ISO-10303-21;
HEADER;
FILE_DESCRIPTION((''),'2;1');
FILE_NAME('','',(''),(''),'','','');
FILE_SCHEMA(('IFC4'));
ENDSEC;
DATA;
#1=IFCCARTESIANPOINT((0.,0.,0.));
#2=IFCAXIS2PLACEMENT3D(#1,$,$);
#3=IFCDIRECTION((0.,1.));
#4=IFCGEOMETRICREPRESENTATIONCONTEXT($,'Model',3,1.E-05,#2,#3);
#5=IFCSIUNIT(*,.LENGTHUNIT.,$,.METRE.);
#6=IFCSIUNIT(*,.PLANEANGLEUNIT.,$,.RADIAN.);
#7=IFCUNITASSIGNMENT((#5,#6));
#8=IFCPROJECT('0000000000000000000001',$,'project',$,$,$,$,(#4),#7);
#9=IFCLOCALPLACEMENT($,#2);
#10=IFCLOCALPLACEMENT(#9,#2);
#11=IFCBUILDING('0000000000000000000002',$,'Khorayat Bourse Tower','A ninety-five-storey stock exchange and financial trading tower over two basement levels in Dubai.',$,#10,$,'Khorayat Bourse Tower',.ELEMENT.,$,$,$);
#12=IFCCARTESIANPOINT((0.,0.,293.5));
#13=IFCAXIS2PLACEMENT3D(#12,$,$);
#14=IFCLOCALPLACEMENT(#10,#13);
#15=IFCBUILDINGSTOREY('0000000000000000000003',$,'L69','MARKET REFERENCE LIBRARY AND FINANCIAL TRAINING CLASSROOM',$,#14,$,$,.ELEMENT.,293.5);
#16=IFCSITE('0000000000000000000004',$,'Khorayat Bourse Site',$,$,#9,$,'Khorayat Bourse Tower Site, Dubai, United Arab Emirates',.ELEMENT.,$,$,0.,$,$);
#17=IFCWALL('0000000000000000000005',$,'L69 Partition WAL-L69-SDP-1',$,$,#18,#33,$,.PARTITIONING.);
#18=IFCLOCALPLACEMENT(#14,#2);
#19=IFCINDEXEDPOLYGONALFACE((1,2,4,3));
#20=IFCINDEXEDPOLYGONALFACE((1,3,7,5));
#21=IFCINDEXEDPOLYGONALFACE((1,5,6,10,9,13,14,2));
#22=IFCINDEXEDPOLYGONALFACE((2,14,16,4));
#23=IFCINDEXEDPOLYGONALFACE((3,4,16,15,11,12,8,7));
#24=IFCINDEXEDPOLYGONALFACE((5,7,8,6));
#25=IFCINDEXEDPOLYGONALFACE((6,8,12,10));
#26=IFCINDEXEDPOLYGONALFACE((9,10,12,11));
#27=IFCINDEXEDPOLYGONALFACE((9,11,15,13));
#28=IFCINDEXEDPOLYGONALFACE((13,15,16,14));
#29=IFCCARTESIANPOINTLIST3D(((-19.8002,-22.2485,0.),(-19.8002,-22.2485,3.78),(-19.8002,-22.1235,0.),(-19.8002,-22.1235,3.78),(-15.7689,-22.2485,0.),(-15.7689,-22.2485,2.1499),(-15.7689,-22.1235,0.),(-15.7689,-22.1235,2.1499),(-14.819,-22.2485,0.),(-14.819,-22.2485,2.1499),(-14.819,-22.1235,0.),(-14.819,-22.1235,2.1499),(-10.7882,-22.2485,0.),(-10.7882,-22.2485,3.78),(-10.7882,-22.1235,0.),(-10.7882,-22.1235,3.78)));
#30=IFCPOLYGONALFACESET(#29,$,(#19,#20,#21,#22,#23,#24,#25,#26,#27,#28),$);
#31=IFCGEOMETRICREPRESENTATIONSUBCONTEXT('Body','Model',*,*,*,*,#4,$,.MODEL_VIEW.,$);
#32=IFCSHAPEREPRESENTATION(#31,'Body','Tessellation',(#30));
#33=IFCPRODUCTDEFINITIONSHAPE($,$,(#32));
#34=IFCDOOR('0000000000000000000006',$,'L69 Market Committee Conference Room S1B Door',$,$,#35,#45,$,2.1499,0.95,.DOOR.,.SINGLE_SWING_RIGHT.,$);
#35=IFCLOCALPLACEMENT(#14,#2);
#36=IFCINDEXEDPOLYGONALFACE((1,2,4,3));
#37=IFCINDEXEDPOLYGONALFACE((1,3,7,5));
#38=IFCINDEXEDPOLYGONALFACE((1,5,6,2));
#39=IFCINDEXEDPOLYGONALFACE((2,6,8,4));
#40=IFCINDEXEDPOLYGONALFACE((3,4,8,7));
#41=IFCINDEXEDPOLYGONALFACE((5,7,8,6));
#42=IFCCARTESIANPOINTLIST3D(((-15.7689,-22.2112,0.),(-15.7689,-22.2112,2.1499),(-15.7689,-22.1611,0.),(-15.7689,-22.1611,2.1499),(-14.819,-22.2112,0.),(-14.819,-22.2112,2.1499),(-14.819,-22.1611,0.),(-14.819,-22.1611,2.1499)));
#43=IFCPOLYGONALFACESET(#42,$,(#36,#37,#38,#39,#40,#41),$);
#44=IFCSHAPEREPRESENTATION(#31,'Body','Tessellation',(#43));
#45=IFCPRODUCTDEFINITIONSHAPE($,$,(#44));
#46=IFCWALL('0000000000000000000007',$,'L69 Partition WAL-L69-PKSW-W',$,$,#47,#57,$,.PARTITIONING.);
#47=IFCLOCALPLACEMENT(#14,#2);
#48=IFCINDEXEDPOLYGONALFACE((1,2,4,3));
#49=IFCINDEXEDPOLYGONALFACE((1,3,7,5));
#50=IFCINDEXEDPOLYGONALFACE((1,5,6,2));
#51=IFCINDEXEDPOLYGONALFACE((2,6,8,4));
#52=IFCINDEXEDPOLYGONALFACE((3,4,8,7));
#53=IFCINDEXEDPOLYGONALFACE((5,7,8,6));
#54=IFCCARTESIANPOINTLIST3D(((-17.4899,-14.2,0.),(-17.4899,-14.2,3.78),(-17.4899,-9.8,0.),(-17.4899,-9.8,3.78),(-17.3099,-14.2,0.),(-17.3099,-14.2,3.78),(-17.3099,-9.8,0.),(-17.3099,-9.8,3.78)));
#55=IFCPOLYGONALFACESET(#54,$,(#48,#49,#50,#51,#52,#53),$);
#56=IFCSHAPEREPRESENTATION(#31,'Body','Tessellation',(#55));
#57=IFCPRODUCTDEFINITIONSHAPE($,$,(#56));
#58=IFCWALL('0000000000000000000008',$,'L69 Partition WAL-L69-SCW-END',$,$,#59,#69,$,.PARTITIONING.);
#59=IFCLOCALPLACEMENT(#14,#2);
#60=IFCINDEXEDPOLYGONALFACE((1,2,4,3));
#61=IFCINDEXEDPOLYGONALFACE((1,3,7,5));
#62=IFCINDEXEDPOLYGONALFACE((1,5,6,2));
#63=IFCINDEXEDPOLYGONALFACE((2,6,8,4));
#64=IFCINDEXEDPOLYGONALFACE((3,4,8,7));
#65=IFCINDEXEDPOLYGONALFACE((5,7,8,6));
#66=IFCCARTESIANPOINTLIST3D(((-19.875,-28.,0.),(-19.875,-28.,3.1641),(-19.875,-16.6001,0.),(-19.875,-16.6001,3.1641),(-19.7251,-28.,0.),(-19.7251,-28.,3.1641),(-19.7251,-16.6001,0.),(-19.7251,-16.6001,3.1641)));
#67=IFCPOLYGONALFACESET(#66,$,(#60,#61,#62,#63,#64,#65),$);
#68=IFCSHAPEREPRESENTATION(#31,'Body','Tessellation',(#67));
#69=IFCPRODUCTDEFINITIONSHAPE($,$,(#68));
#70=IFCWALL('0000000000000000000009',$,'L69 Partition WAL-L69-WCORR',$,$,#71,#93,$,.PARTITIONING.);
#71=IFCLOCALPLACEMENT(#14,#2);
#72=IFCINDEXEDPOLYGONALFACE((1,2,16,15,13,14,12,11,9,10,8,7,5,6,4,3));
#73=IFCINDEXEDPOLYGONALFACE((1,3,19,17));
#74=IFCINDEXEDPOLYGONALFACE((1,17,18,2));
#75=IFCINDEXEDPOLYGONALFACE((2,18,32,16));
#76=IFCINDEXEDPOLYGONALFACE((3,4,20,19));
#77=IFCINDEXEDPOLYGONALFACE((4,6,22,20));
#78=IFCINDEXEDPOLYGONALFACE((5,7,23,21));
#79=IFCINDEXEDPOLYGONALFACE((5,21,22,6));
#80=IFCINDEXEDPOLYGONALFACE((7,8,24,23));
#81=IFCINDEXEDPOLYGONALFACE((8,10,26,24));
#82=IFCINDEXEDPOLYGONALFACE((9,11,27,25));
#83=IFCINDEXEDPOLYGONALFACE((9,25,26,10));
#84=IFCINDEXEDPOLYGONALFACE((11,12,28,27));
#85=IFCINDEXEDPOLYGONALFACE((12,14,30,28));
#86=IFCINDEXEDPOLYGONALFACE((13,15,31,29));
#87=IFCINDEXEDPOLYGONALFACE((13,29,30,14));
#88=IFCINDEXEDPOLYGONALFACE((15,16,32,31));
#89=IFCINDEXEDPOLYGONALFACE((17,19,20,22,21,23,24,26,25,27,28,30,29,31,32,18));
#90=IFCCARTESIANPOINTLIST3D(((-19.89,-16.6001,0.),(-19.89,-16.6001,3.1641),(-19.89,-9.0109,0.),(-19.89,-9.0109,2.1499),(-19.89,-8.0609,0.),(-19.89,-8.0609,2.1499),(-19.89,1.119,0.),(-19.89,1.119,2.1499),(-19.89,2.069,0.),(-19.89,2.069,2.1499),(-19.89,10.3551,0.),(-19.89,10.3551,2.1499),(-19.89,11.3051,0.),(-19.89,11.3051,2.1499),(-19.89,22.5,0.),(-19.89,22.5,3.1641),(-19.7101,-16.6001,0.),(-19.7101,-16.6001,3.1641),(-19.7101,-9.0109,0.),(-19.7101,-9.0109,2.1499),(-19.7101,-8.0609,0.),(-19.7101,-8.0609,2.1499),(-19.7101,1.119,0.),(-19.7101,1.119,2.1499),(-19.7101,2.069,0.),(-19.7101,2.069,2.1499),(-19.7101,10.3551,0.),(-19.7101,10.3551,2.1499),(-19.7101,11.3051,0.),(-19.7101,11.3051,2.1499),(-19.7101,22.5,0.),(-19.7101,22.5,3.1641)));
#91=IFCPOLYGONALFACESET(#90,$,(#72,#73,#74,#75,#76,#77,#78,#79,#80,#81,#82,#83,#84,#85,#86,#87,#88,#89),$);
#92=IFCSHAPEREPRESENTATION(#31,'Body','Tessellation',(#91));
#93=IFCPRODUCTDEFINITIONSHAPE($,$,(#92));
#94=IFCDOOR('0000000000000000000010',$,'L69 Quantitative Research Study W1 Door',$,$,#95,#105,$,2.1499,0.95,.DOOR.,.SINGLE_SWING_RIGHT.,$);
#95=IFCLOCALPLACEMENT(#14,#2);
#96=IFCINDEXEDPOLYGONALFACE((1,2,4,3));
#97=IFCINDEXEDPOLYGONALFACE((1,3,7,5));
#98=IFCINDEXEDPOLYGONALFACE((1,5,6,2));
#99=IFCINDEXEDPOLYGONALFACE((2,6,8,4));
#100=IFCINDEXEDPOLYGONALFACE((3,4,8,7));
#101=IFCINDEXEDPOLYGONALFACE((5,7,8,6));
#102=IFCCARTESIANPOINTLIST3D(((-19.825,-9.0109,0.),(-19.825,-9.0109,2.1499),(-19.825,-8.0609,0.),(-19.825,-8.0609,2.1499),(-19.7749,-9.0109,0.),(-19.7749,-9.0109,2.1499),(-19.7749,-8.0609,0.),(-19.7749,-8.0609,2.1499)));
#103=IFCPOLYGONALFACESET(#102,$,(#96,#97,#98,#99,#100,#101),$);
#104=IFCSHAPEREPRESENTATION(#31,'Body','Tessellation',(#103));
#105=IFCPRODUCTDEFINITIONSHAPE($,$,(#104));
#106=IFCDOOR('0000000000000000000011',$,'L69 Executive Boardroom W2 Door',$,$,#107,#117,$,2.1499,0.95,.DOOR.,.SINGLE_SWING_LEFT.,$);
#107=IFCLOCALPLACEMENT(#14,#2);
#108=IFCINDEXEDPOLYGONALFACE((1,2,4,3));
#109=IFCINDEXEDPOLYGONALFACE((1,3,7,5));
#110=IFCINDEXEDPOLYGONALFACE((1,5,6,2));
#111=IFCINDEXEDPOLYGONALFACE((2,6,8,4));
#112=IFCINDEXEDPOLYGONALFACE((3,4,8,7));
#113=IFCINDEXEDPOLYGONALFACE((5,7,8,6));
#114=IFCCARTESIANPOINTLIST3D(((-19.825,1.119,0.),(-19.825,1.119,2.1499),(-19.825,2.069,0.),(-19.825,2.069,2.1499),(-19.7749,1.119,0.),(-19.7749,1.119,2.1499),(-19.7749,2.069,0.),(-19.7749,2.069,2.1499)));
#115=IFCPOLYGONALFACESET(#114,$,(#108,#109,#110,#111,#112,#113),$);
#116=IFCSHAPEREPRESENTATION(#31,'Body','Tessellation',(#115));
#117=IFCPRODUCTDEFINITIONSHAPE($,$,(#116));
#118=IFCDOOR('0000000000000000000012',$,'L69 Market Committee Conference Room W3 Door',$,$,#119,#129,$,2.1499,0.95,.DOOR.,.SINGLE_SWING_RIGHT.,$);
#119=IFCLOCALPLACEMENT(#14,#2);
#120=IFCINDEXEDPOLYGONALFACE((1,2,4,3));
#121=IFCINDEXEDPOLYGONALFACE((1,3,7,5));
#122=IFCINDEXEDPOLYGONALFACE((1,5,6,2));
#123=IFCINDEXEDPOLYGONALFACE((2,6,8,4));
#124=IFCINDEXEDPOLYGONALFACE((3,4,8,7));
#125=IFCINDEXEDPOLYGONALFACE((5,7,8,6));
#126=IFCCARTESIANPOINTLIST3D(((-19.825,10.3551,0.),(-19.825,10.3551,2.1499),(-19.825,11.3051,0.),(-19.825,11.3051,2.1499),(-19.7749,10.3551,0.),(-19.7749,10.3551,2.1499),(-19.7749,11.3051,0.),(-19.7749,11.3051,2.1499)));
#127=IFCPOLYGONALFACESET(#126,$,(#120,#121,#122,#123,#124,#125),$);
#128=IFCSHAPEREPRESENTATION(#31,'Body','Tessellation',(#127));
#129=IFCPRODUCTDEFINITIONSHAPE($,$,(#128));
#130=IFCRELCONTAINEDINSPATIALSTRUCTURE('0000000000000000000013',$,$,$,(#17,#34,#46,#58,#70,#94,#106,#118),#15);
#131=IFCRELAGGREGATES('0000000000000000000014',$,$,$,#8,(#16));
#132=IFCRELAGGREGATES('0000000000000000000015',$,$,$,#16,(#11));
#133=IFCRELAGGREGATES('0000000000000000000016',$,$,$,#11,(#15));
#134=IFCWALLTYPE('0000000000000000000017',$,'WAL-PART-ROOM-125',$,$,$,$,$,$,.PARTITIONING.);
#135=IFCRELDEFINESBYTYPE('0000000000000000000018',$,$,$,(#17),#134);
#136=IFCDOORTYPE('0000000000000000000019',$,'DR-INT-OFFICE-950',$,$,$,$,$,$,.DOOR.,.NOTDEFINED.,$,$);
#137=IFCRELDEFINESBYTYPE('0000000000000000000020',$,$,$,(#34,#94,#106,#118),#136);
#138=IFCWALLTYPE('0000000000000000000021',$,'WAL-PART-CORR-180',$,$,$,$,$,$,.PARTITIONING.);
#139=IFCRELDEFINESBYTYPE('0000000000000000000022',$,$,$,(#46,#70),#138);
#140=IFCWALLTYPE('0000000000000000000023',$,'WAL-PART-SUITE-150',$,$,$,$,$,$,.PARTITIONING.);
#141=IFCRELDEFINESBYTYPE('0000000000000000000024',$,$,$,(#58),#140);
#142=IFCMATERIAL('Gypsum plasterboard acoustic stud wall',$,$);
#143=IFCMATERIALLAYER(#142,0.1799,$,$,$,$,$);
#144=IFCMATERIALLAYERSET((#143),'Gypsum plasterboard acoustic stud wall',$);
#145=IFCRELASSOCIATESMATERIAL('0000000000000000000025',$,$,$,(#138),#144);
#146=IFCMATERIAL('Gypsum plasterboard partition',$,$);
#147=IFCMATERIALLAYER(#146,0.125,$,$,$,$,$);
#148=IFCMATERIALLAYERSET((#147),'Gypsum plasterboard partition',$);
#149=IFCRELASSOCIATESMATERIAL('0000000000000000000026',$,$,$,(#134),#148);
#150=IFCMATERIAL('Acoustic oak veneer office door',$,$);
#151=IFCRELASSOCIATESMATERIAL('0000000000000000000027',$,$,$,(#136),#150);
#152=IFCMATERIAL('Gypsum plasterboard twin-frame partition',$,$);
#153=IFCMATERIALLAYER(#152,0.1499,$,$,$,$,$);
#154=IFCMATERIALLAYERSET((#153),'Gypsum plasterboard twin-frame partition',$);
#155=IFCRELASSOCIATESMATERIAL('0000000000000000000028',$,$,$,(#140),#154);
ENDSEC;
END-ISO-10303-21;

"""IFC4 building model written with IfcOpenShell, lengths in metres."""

from ifc_helpers import new_model, si_unit, direction, frame, frame_2d, origin, place, context, subcontext, project, spatial, rectangle, extrude, source, transform, mapped, material, layer, layer_set, type_object, element, fill, save


model = new_model("IFC4")

# Units and contexts
model_context = context("Model", 3, precision=1e-05, world=origin(), true_north=direction((0.0, 1.0)))
body_context = subcontext(model_context, "Body", "Model", "MODEL_VIEW")
ifc_project = project(units=[si_unit("LENGTHUNIT", "METRE"), si_unit("PLANEANGLEUNIT", "RADIAN")], contexts=[model_context])

# Site, building, storey
site_placement = place(None, origin())
site = spatial("IfcSite", under=ifc_project, at=site_placement, Name="Khorayat Bourse Site", LongName="Khorayat Bourse Tower Site, Dubai, United Arab Emirates", CompositionType="ELEMENT", RefElevation=0.0)
building_placement = place(site_placement, origin())
building = spatial("IfcBuilding", under=site, at=building_placement, Name="Khorayat Bourse Tower", Description="A ninety-five-storey stock exchange and financial trading tower over two basement levels in Dubai.", LongName="Khorayat Bourse Tower", CompositionType="ELEMENT")
storey_placement = place(building_placement, frame((0.0, 0.0, 293.5)))
storey = spatial("IfcBuildingStorey", under=building, at=storey_placement, Name="L69", Description="MARKET REFERENCE LIBRARY AND FINANCIAL TRAINING CLASSROOM", CompositionType="ELEMENT", Elevation=293.5)

# Shared definitions
ifc_material_1 = material(Name="Gypsum plasterboard acoustic stud wall")
ifc_layer_1 = layer(ifc_material_1, 0.1799)
ifc_layer_set_1 = layer_set([ifc_layer_1], Name="Gypsum plasterboard acoustic stud wall")
wall_type_1 = type_object("IfcWallType", Name="WAL-PART-CORR-180", PredefinedType="PARTITIONING", material=ifc_layer_set_1)

# Wall, opening, door
ifc_material_2 = material(Name="Gypsum plasterboard partition")
ifc_layer_2 = layer(ifc_material_2, 0.125)
ifc_layer_set_2 = layer_set([ifc_layer_2], Name="Gypsum plasterboard partition")
wall_type_2 = type_object("IfcWallType", Name="WAL-PART-ROOM-125", PredefinedType="PARTITIONING", material=ifc_layer_set_2)
shared_shape_1 = source(origin(), body_context, "Body", "SweptSolid", [
    extrude(rectangle(XDim=9.012, YDim=0.125, at=frame_2d((4.5059, 0.0))), origin(), (0.0, 0.0, 1.0), 3.78),
])
wall_1_placement = place(storey_placement, frame((-19.8, -22.186, 0.0), z_axis=(0.0, 0.0, 1.0), x_axis=(1.0, 0.0, 0.0)))
wall_1 = element("IfcWall", 1, at=wall_1_placement, inside=storey, type_object=wall_type_2, Name="L69 Partition WAL-L69-SDP-1", PredefinedType="PARTITIONING", context=body_context, shape_type="MappedRepresentation", body=[
    mapped(shared_shape_1, transform((0.0, 0.0, 0.0), scale=1.0)),
])
shared_shape_2 = source(origin(), body_context, "Body", "SweptSolid", [
    extrude(rectangle(XDim=0.95, YDim=2.1499, at=frame_2d((0.4751, 1.075))), frame((0.0, 0.0725, 0.0), z_axis=(0.0, -1.0, 0.0), x_axis=(1.0, 0.0, 0.0)), (0.0, 0.0, 1.0), 0.145),
])
opening_1_placement = place(wall_1_placement, frame((4.031, 0.0, 0.0)))
opening_1 = element("IfcOpeningElement", 2, at=opening_1_placement, cuts=wall_1, PredefinedType="OPENING", context=body_context, shape_type="MappedRepresentation", body=[
    mapped(shared_shape_2, transform((0.0, 0.0, 0.0), scale=1.0)),
])
ifc_material_3 = material(Name="Acoustic oak veneer office door")
door_type_1 = type_object("IfcDoorType", Name="DR-INT-OFFICE-950", OperationType="NOTDEFINED", PredefinedType="DOOR", material=ifc_material_3)
shared_shape_3 = source(origin(), body_context, "Body", "SweptSolid", [
    extrude(rectangle(XDim=0.95, YDim=2.1499, at=frame_2d((0.4751, 1.075))), frame((0.0, 0.0249, 0.0), z_axis=(0.0, -1.0, 0.0), x_axis=(1.0, 0.0, 0.0)), (0.0, 0.0, 1.0), 0.05),
])
door_1_placement = place(opening_1_placement, origin())
door_1 = element("IfcDoor", 3, at=door_1_placement, inside=storey, type_object=door_type_1, Name="L69 Market Committee Conference Room S1B Door", OperationType="SINGLE_SWING_RIGHT", OverallHeight=2.1499, OverallWidth=0.95, PredefinedType="DOOR", context=body_context, shape_type="MappedRepresentation", body=[
    mapped(shared_shape_3, transform((0.0, 0.0, 0.0), scale=1.0)),
])
fill(opening_1, door_1)

# Walls
shared_shape_4 = source(origin(), body_context, "Body", "SweptSolid", [
    extrude(rectangle(XDim=4.3999, YDim=0.1799, at=frame_2d((2.2, 0.0))), origin(), (0.0, 0.0, 1.0), 3.78),
])
wall_2_placement = place(storey_placement, frame((-17.3999, -14.2, 0.0), z_axis=(0.0, 0.0, 1.0), x_axis=(0.0, 1.0, 0.0)))
element("IfcWall", 4, at=wall_2_placement, inside=storey, type_object=wall_type_1, Name="L69 Partition WAL-L69-PKSW-W", PredefinedType="PARTITIONING", context=body_context, shape_type="MappedRepresentation", body=[
    mapped(shared_shape_4, transform((0.0, 0.0, 0.0), scale=1.0)),
])
ifc_material_4 = material(Name="Gypsum plasterboard twin-frame partition")
ifc_layer_3 = layer(ifc_material_4, 0.1499)
ifc_layer_set_3 = layer_set([ifc_layer_3], Name="Gypsum plasterboard twin-frame partition")
wall_type_3 = type_object("IfcWallType", Name="WAL-PART-SUITE-150", PredefinedType="PARTITIONING", material=ifc_layer_set_3)
shared_shape_5 = source(origin(), body_context, "Body", "SweptSolid", [
    extrude(rectangle(XDim=11.3999, YDim=0.1499, at=frame_2d((5.7, 0.0))), origin(), (0.0, 0.0, 1.0), 3.1641),
])
wall_3_placement = place(storey_placement, frame((-19.8, -28.0, 0.0), z_axis=(0.0, 0.0, 1.0), x_axis=(0.0, 1.0, 0.0)))
element("IfcWall", 5, at=wall_3_placement, inside=storey, type_object=wall_type_3, Name="L69 Partition WAL-L69-SCW-END", PredefinedType="PARTITIONING", context=body_context, shape_type="MappedRepresentation", body=[
    mapped(shared_shape_5, transform((0.0, 0.0, 0.0), scale=1.0)),
])

# Wall, openings, doors
shared_shape_6 = source(origin(), body_context, "Body", "SweptSolid", [
    extrude(rectangle(XDim=39.1001, YDim=0.1799, at=frame_2d((19.55, 0.0))), origin(), (0.0, 0.0, 1.0), 3.1641),
])
wall_4_placement = place(storey_placement, frame((-19.8, -16.6001, 0.0), z_axis=(0.0, 0.0, 1.0), x_axis=(0.0, 1.0, 0.0)))
wall_4 = element("IfcWall", 6, at=wall_4_placement, inside=storey, type_object=wall_type_1, Name="L69 Partition WAL-L69-WCORR", PredefinedType="PARTITIONING", context=body_context, shape_type="MappedRepresentation", body=[
    mapped(shared_shape_6, transform((0.0, 0.0, 0.0), scale=1.0)),
])
shared_shape_7 = source(origin(), body_context, "Body", "SweptSolid", [
    extrude(rectangle(XDim=0.95, YDim=2.1499, at=frame_2d((0.4751, 1.075))), frame((0.0, 0.0999, 0.0), z_axis=(0.0, -1.0, 0.0), x_axis=(1.0, 0.0, 0.0)), (0.0, 0.0, 1.0), 0.2),
])
opening_2_placement = place(wall_4_placement, frame((7.5891, 0.0, 0.0)))
opening_2 = element("IfcOpeningElement", 7, at=opening_2_placement, cuts=wall_4, PredefinedType="OPENING", context=body_context, shape_type="MappedRepresentation", body=[
    mapped(shared_shape_7, transform((0.0, 0.0, 0.0), scale=1.0)),
])
opening_3_placement = place(wall_4_placement, frame((17.719, 0.0, 0.0)))
opening_3 = element("IfcOpeningElement", 8, at=opening_3_placement, cuts=wall_4, PredefinedType="OPENING", context=body_context, shape_type="MappedRepresentation", body=[
    mapped(shared_shape_7, transform((0.0, 0.0, 0.0), scale=1.0)),
])
opening_4_placement = place(wall_4_placement, frame((26.9551, 0.0, 0.0)))
opening_4 = element("IfcOpeningElement", 9, at=opening_4_placement, cuts=wall_4, PredefinedType="OPENING", context=body_context, shape_type="MappedRepresentation", body=[
    mapped(shared_shape_7, transform((0.0, 0.0, 0.0), scale=1.0)),
])
door_2_placement = place(opening_2_placement, origin())
door_2 = element("IfcDoor", 10, at=door_2_placement, inside=storey, type_object=door_type_1, Name="L69 Quantitative Research Study W1 Door", OperationType="SINGLE_SWING_RIGHT", OverallHeight=2.1499, OverallWidth=0.95, PredefinedType="DOOR", context=body_context, shape_type="MappedRepresentation", body=[
    mapped(shared_shape_3, transform((0.0, 0.0, 0.0), scale=1.0)),
])
fill(opening_2, door_2)
door_3_placement = place(opening_3_placement, origin())
door_3 = element("IfcDoor", 11, at=door_3_placement, inside=storey, type_object=door_type_1, Name="L69 Executive Boardroom W2 Door", OperationType="SINGLE_SWING_LEFT", OverallHeight=2.1499, OverallWidth=0.95, PredefinedType="DOOR", context=body_context, shape_type="MappedRepresentation", body=[
    mapped(shared_shape_3, transform((0.0, 0.0, 0.0), scale=1.0)),
])
fill(opening_3, door_3)
door_4_placement = place(opening_4_placement, origin())
door_4 = element("IfcDoor", 12, at=door_4_placement, inside=storey, type_object=door_type_1, Name="L69 Market Committee Conference Room W3 Door", OperationType="SINGLE_SWING_RIGHT", OverallHeight=2.1499, OverallWidth=0.95, PredefinedType="DOOR", context=body_context, shape_type="MappedRepresentation", body=[
    mapped(shared_shape_3, transform((0.0, 0.0, 0.0), scale=1.0)),
])
fill(opening_4, door_4)

save(model, "model.ifc")
